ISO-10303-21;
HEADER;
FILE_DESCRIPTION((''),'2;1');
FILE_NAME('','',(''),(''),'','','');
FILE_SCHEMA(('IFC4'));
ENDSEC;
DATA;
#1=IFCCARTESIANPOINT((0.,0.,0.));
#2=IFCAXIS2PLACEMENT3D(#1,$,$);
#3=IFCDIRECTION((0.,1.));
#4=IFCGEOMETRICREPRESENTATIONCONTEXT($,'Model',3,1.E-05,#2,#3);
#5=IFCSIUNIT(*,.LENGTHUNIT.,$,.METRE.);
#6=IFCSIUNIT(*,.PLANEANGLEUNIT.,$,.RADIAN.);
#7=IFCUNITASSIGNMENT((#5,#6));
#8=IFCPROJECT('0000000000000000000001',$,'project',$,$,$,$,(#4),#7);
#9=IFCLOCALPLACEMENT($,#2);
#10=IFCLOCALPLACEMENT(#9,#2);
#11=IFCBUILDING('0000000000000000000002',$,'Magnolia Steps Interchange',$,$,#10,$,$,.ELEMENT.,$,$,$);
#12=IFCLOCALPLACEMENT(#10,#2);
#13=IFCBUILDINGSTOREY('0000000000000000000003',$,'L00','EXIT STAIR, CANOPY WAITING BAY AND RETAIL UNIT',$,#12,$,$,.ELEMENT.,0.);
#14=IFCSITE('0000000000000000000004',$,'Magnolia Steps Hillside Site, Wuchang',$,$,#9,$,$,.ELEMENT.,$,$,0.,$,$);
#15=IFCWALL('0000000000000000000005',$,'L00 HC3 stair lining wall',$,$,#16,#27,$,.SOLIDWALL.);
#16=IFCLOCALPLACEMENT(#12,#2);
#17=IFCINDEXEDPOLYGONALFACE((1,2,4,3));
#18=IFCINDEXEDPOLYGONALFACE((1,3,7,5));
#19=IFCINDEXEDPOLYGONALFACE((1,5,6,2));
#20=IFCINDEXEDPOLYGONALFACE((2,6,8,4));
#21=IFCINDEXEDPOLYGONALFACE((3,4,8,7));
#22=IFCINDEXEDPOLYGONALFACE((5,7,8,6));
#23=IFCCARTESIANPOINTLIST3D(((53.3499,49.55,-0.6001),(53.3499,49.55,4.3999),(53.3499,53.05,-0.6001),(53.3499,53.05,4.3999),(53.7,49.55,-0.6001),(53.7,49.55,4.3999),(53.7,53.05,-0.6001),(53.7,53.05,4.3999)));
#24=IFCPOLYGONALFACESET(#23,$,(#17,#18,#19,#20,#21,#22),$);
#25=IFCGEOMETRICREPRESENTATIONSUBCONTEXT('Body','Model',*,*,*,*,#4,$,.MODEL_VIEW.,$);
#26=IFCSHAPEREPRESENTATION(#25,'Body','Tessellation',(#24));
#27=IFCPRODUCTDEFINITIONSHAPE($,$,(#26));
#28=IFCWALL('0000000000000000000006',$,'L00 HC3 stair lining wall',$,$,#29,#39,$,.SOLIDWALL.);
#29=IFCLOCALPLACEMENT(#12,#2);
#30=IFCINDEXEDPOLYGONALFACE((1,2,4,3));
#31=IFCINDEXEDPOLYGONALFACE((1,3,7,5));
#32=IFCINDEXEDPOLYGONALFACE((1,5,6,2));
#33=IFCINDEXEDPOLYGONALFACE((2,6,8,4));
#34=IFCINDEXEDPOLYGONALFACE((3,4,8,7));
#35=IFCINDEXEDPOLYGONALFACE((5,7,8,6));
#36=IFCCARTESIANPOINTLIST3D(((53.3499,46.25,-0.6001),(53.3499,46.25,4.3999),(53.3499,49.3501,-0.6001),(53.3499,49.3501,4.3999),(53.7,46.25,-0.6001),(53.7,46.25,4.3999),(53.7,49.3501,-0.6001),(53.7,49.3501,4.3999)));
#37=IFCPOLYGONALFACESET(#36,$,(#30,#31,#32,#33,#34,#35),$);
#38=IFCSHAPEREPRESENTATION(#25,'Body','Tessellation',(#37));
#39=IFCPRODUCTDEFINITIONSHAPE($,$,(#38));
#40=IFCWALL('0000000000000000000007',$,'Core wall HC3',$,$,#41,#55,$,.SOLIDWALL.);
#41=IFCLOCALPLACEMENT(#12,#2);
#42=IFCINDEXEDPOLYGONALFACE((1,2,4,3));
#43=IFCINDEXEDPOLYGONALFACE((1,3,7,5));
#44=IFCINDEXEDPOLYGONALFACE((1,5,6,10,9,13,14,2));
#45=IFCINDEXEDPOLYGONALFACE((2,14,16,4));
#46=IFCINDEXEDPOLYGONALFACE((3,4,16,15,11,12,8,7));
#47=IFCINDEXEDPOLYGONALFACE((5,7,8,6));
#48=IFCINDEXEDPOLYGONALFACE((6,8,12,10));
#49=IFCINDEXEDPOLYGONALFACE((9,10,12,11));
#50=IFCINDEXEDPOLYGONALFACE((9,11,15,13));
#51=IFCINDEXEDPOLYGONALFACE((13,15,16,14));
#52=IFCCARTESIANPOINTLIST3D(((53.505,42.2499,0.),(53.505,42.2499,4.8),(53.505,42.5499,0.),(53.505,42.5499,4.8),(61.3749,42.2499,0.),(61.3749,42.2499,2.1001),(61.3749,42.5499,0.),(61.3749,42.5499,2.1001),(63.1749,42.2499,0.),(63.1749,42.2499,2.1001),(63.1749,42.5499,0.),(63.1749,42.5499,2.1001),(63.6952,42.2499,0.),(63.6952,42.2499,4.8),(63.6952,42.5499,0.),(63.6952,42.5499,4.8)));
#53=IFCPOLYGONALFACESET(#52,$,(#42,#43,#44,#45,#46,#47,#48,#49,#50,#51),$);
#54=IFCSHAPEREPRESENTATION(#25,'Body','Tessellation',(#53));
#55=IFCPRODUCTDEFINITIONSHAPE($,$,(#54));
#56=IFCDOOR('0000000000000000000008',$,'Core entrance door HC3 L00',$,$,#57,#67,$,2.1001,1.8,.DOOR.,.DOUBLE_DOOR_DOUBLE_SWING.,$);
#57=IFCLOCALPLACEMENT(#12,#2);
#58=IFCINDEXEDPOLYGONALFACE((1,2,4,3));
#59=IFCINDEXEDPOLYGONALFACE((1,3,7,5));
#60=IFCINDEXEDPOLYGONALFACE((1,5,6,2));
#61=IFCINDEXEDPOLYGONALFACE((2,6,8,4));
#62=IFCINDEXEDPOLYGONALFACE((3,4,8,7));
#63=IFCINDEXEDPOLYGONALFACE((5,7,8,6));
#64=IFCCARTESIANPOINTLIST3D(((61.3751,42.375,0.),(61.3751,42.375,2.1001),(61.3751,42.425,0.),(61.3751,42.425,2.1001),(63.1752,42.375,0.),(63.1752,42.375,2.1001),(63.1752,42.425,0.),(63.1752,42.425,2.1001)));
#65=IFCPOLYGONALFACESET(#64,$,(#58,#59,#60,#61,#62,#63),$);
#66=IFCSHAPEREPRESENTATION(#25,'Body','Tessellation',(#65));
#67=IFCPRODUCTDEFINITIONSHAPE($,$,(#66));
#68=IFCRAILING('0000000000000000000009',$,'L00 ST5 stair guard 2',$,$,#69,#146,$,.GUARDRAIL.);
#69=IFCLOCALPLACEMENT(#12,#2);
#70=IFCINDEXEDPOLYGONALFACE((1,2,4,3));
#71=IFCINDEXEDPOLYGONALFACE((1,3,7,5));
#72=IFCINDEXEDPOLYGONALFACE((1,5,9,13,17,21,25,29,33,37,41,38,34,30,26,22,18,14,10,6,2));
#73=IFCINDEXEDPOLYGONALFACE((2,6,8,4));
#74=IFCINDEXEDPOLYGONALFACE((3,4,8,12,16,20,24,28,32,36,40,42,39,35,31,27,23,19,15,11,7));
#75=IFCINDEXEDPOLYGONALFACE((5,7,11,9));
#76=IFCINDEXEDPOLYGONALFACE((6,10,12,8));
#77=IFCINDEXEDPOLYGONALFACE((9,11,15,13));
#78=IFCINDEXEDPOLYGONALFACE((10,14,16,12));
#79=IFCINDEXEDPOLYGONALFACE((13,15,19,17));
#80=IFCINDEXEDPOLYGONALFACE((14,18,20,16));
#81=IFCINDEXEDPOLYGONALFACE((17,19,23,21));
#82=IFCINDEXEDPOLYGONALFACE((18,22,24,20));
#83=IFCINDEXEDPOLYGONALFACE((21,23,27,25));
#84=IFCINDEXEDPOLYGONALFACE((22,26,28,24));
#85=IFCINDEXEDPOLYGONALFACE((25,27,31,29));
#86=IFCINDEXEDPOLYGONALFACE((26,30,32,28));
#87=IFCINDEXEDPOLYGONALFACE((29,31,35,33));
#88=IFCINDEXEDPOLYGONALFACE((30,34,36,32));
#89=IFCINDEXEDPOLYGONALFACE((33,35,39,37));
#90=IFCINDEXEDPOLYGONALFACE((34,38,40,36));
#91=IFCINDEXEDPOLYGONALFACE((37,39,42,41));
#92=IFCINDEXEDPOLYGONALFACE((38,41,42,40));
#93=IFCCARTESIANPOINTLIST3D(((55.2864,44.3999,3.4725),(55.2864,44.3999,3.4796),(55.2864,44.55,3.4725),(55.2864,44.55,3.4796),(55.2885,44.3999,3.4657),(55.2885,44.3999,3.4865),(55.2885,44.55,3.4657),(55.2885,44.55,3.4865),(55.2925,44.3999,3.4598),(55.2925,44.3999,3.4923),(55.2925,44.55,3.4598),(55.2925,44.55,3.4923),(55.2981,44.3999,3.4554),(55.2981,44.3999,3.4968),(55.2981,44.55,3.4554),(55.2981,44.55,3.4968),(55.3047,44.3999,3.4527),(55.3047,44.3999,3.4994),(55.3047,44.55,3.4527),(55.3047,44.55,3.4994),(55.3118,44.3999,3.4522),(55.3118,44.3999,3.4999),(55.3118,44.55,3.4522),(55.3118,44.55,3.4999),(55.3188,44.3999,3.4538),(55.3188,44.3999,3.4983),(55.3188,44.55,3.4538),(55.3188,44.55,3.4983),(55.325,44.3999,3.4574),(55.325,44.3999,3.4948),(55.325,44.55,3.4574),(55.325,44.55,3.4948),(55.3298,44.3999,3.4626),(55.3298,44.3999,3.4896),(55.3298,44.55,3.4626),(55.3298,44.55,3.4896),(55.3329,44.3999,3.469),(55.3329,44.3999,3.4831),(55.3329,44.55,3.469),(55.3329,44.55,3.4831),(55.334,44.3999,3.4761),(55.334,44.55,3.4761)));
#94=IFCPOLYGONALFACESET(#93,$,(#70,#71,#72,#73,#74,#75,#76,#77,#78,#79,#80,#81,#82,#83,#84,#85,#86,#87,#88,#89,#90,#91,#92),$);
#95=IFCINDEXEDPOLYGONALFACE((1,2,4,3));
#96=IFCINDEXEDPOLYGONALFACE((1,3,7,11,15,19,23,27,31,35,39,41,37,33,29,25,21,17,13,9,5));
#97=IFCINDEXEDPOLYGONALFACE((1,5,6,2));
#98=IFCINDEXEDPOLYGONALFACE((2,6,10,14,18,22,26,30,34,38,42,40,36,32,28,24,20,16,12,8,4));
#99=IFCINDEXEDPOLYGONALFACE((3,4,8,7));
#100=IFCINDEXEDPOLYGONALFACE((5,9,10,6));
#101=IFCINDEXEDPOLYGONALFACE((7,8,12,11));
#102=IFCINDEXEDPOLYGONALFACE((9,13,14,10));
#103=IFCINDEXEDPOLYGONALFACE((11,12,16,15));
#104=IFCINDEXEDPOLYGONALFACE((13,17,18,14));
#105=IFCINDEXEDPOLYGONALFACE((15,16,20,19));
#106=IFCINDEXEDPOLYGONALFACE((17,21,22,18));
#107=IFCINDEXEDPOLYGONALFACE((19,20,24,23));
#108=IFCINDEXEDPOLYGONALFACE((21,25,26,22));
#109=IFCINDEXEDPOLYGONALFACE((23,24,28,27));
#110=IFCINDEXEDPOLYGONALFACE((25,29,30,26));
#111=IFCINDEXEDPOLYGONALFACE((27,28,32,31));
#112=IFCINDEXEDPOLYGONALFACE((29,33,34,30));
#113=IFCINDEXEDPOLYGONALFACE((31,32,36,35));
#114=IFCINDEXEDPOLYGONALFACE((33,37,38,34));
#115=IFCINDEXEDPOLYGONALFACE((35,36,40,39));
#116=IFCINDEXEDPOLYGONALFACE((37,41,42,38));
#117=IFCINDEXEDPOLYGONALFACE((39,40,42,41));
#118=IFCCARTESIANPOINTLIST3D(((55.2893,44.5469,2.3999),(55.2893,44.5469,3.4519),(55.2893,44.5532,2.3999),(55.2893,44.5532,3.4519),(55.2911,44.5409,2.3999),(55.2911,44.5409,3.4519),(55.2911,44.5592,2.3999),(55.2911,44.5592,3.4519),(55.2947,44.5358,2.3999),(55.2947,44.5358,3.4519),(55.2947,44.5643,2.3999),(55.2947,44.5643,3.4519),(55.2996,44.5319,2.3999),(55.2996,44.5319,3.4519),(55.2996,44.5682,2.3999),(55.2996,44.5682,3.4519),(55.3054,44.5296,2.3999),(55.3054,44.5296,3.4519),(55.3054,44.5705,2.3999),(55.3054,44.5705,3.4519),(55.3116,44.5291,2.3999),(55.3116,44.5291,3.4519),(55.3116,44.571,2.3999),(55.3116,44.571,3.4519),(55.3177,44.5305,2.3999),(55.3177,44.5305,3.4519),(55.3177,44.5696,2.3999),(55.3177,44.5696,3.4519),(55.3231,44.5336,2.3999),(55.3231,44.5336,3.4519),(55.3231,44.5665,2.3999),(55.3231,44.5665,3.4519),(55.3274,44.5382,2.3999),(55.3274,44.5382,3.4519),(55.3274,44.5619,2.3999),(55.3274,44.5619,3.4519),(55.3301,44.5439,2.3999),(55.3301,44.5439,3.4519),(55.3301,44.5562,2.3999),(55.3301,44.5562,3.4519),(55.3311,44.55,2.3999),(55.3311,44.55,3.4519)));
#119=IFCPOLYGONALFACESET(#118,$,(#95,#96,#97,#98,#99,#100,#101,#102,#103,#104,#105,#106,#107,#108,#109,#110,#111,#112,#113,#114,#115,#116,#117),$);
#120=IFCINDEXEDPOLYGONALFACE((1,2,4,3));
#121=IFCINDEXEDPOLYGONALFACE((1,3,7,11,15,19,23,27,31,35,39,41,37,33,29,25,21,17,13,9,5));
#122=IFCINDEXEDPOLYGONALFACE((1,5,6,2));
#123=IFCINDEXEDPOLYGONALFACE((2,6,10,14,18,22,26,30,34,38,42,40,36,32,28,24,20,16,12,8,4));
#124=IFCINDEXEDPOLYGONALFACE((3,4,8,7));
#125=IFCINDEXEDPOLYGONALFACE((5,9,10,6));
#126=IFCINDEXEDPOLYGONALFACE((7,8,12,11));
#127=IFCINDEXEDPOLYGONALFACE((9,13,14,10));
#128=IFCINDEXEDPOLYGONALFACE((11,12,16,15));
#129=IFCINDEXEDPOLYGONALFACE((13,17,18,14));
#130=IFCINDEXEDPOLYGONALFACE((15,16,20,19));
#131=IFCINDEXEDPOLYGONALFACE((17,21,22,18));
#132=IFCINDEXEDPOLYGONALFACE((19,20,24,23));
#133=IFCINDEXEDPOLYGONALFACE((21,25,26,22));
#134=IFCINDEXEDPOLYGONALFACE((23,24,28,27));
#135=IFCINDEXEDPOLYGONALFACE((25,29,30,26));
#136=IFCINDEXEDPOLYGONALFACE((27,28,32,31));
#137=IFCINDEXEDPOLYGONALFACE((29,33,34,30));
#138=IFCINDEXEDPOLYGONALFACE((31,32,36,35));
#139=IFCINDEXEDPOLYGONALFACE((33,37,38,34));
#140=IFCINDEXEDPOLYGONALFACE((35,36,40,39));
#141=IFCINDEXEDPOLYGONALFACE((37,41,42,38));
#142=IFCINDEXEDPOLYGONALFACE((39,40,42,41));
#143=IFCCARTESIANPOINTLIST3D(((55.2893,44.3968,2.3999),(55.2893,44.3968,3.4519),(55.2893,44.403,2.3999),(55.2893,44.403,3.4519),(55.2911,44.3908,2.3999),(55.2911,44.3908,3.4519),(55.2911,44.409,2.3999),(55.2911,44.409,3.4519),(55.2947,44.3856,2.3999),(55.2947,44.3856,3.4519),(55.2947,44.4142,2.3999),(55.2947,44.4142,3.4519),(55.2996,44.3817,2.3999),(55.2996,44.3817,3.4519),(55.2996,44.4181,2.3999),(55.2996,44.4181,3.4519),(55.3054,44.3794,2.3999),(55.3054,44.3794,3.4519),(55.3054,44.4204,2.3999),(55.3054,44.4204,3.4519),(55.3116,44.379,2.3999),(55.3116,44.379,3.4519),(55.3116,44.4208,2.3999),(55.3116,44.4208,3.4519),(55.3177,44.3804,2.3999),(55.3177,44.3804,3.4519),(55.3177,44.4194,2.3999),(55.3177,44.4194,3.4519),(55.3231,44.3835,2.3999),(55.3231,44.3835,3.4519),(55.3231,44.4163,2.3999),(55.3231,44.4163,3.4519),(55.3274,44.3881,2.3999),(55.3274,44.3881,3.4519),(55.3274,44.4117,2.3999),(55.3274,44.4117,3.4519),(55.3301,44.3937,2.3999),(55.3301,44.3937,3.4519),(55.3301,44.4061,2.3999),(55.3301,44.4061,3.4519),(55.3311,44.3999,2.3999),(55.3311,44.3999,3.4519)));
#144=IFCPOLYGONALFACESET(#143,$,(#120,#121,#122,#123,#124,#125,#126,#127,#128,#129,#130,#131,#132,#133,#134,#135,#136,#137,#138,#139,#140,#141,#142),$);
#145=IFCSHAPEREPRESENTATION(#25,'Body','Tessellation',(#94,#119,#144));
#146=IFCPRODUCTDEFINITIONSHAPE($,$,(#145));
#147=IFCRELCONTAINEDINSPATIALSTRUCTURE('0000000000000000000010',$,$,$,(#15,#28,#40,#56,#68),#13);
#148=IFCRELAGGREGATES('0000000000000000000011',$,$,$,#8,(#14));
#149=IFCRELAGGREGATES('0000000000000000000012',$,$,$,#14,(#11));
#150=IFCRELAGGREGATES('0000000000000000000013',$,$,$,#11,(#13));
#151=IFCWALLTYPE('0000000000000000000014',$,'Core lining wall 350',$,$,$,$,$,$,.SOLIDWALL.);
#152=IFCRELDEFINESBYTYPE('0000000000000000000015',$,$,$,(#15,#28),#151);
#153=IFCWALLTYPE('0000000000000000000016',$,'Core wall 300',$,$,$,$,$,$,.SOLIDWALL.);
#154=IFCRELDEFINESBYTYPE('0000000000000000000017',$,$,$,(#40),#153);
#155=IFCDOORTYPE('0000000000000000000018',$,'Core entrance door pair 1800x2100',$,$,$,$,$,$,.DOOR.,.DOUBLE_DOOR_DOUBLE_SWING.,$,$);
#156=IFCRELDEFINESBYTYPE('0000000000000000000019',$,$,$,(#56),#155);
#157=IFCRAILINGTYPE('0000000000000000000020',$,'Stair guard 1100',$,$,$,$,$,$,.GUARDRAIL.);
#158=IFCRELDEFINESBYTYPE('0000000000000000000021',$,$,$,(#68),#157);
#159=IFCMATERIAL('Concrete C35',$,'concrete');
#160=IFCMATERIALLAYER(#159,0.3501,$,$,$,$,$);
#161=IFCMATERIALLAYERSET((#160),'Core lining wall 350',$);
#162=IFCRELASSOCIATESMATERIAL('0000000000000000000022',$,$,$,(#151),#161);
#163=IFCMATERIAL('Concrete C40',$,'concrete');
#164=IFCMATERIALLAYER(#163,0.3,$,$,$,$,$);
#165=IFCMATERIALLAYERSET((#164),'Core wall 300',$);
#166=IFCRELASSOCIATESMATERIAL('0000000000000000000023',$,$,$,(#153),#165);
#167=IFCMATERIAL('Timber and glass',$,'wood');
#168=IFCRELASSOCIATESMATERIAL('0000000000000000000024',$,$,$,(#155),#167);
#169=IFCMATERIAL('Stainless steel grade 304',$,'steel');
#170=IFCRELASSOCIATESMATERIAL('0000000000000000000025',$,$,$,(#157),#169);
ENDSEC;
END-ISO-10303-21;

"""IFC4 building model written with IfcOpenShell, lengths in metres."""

from ifc_helpers import new_model, si_unit, direction, frame, frame_2d, origin, origin_2d, place, context, subcontext, project, spatial, rectangle, circle, extrude, material, layer, layer_set, type_object, element, fill, save


model = new_model("IFC4")

# Units and contexts
model_context = context("Model", 3, precision=1e-05, world=origin(), true_north=direction((0.0, 1.0)))
body_context = subcontext(model_context, "Body", "Model", "MODEL_VIEW")
ifc_project = project(units=[si_unit("LENGTHUNIT", "METRE"), si_unit("PLANEANGLEUNIT", "RADIAN")], contexts=[model_context])

# Site, building, storey
site_placement = place(None, origin())
site = spatial("IfcSite", under=ifc_project, at=site_placement, Name="Magnolia Steps Hillside Site, Wuchang", CompositionType="ELEMENT", RefElevation=0.0)
building_placement = place(site_placement, origin())
building = spatial("IfcBuilding", under=site, at=building_placement, Name="Magnolia Steps Interchange", CompositionType="ELEMENT")
storey_placement = place(building_placement, origin())
storey = spatial("IfcBuildingStorey", under=building, at=storey_placement, Name="L00", Description="EXIT STAIR, CANOPY WAITING BAY AND RETAIL UNIT", CompositionType="ELEMENT", Elevation=0.0)

# Walls
ifc_material_1 = material(Name="Concrete C35", Category="concrete")
ifc_layer_1 = layer(ifc_material_1, 0.3501)
ifc_layer_set_1 = layer_set([ifc_layer_1], Name="Core lining wall 350")
wall_type_1 = type_object("IfcWallType", Name="Core lining wall 350", PredefinedType="SOLIDWALL", material=ifc_layer_set_1)
for number, where, z_axis, x_axis, name in (
    (1, (53.5249, 49.55, -0.6001), (0.0, 0.0, 1.0), (0.0, 1.0, 0.0), "L00 HC3 stair lining wall"),
):
    element("IfcWall", number, at=place(storey_placement, frame(where, z_axis=z_axis, x_axis=x_axis)), inside=storey, type_object=wall_type_1, Name=name, PredefinedType="SOLIDWALL", context=body_context, shape_type="SweptSolid", body=[
        extrude(rectangle(XDim=3.5, YDim=0.3501, at=frame_2d((1.75, 0.0))), origin(), (0.0, 0.0, 1.0), 5.0),
    ])
wall_1_placement = place(storey_placement, frame((53.5249, 46.25, -0.6001), z_axis=(0.0, 0.0, 1.0), x_axis=(0.0, 1.0, 0.0)))
element("IfcWall", 2, at=wall_1_placement, inside=storey, type_object=wall_type_1, Name="L00 HC3 stair lining wall", PredefinedType="SOLIDWALL", context=body_context, shape_type="SweptSolid", body=[
    extrude(rectangle(XDim=3.1001, YDim=0.3501, at=frame_2d((1.55, 0.0))), origin(), (0.0, 0.0, 1.0), 5.0),
])

# Wall, opening, door
ifc_material_2 = material(Name="Concrete C40", Category="concrete")
ifc_layer_2 = layer(ifc_material_2, 0.3)
ifc_layer_set_2 = layer_set([ifc_layer_2], Name="Core wall 300")
wall_type_2 = type_object("IfcWallType", Name="Core wall 300", PredefinedType="SOLIDWALL", material=ifc_layer_set_2)
wall_2_placement = place(storey_placement, frame((53.5049, 42.3999, 0.0), z_axis=(0.0, 0.0, 1.0), x_axis=(1.0, 0.0, 0.0)))
wall_2 = element("IfcWall", 3, at=wall_2_placement, inside=storey, type_object=wall_type_2, Name="Core wall HC3", PredefinedType="SOLIDWALL", context=body_context, shape_type="SweptSolid", body=[
    extrude(rectangle(XDim=10.1902, YDim=0.3, at=frame_2d((5.0952, 0.0))), origin(), (0.0, 0.0, 1.0), 4.8),
])
opening_1_placement = place(wall_2_placement, frame((7.8701, 0.0, 0.0)))
opening_1 = element("IfcOpeningElement", 4, at=opening_1_placement, cuts=wall_2, PredefinedType="OPENING", context=body_context, shape_type="SweptSolid", body=[
    extrude(rectangle(XDim=1.8, YDim=2.1001, at=frame_2d((0.8999, 1.05))), frame((0.0, 0.1599, 0.0), z_axis=(0.0, -1.0, 0.0), x_axis=(1.0, 0.0, 0.0)), (0.0, 0.0, 1.0), 0.3201),
])
ifc_material_3 = material(Name="Timber and glass", Category="wood")
door_type_1 = type_object("IfcDoorType", Name="Core entrance door pair 1800x2100", OperationType="DOUBLE_DOOR_DOUBLE_SWING", PredefinedType="DOOR", material=ifc_material_3)
door_1_placement = place(opening_1_placement, frame((1.8, 0.0, 0.0), z_axis=(0.0, 0.0, 1.0), x_axis=(-1.0, 0.0, 0.0)))
door_1 = element("IfcDoor", 5, at=door_1_placement, inside=storey, type_object=door_type_1, Name="Core entrance door HC3 L00", OperationType="DOUBLE_DOOR_DOUBLE_SWING", OverallHeight=2.1001, OverallWidth=1.8, PredefinedType="DOOR", context=body_context, shape_type="SweptSolid", body=[
    extrude(rectangle(XDim=1.8, YDim=2.1001, at=frame_2d((0.8999, 1.05))), frame((0.0, 0.0249, 0.0), z_axis=(0.0, -1.0, 0.0), x_axis=(1.0, 0.0, 0.0)), (0.0, 0.0, 1.0), 0.05),
])
fill(opening_1, door_1)

# Railing
ifc_material_4 = material(Name="Stainless steel grade 304", Category="steel")
railing_type_1 = type_object("IfcRailingType", Name="Stair guard 1100", PredefinedType="GUARDRAIL", material=ifc_material_4)
railing_1_placement = place(storey_placement, frame((55.3101, 44.55, 2.3999)))
element("IfcRailing", 6, at=railing_1_placement, inside=storey, type_object=railing_type_1, Name="L00 ST5 stair guard 2", PredefinedType="GUARDRAIL", context=body_context, shape_type="SweptSolid", body=[
    extrude(circle(Radius=0.0239, at=origin_2d()), frame((0.0, 0.0, 1.0762), z_axis=(0.0, -1.0, 0.0), x_axis=(1.0, 0.0, 0.0)), (0.0, 0.0, 1.0), 0.1501),
    extrude(circle(Radius=0.021, at=origin_2d()), origin(), (0.0, 0.0, 1.0), 1.052),
    extrude(circle(Radius=0.021, at=origin_2d()), frame((0.0, -0.1501, 0.0)), (0.0, 0.0, 1.0), 1.052),
])

save(model, "model.ifc")
